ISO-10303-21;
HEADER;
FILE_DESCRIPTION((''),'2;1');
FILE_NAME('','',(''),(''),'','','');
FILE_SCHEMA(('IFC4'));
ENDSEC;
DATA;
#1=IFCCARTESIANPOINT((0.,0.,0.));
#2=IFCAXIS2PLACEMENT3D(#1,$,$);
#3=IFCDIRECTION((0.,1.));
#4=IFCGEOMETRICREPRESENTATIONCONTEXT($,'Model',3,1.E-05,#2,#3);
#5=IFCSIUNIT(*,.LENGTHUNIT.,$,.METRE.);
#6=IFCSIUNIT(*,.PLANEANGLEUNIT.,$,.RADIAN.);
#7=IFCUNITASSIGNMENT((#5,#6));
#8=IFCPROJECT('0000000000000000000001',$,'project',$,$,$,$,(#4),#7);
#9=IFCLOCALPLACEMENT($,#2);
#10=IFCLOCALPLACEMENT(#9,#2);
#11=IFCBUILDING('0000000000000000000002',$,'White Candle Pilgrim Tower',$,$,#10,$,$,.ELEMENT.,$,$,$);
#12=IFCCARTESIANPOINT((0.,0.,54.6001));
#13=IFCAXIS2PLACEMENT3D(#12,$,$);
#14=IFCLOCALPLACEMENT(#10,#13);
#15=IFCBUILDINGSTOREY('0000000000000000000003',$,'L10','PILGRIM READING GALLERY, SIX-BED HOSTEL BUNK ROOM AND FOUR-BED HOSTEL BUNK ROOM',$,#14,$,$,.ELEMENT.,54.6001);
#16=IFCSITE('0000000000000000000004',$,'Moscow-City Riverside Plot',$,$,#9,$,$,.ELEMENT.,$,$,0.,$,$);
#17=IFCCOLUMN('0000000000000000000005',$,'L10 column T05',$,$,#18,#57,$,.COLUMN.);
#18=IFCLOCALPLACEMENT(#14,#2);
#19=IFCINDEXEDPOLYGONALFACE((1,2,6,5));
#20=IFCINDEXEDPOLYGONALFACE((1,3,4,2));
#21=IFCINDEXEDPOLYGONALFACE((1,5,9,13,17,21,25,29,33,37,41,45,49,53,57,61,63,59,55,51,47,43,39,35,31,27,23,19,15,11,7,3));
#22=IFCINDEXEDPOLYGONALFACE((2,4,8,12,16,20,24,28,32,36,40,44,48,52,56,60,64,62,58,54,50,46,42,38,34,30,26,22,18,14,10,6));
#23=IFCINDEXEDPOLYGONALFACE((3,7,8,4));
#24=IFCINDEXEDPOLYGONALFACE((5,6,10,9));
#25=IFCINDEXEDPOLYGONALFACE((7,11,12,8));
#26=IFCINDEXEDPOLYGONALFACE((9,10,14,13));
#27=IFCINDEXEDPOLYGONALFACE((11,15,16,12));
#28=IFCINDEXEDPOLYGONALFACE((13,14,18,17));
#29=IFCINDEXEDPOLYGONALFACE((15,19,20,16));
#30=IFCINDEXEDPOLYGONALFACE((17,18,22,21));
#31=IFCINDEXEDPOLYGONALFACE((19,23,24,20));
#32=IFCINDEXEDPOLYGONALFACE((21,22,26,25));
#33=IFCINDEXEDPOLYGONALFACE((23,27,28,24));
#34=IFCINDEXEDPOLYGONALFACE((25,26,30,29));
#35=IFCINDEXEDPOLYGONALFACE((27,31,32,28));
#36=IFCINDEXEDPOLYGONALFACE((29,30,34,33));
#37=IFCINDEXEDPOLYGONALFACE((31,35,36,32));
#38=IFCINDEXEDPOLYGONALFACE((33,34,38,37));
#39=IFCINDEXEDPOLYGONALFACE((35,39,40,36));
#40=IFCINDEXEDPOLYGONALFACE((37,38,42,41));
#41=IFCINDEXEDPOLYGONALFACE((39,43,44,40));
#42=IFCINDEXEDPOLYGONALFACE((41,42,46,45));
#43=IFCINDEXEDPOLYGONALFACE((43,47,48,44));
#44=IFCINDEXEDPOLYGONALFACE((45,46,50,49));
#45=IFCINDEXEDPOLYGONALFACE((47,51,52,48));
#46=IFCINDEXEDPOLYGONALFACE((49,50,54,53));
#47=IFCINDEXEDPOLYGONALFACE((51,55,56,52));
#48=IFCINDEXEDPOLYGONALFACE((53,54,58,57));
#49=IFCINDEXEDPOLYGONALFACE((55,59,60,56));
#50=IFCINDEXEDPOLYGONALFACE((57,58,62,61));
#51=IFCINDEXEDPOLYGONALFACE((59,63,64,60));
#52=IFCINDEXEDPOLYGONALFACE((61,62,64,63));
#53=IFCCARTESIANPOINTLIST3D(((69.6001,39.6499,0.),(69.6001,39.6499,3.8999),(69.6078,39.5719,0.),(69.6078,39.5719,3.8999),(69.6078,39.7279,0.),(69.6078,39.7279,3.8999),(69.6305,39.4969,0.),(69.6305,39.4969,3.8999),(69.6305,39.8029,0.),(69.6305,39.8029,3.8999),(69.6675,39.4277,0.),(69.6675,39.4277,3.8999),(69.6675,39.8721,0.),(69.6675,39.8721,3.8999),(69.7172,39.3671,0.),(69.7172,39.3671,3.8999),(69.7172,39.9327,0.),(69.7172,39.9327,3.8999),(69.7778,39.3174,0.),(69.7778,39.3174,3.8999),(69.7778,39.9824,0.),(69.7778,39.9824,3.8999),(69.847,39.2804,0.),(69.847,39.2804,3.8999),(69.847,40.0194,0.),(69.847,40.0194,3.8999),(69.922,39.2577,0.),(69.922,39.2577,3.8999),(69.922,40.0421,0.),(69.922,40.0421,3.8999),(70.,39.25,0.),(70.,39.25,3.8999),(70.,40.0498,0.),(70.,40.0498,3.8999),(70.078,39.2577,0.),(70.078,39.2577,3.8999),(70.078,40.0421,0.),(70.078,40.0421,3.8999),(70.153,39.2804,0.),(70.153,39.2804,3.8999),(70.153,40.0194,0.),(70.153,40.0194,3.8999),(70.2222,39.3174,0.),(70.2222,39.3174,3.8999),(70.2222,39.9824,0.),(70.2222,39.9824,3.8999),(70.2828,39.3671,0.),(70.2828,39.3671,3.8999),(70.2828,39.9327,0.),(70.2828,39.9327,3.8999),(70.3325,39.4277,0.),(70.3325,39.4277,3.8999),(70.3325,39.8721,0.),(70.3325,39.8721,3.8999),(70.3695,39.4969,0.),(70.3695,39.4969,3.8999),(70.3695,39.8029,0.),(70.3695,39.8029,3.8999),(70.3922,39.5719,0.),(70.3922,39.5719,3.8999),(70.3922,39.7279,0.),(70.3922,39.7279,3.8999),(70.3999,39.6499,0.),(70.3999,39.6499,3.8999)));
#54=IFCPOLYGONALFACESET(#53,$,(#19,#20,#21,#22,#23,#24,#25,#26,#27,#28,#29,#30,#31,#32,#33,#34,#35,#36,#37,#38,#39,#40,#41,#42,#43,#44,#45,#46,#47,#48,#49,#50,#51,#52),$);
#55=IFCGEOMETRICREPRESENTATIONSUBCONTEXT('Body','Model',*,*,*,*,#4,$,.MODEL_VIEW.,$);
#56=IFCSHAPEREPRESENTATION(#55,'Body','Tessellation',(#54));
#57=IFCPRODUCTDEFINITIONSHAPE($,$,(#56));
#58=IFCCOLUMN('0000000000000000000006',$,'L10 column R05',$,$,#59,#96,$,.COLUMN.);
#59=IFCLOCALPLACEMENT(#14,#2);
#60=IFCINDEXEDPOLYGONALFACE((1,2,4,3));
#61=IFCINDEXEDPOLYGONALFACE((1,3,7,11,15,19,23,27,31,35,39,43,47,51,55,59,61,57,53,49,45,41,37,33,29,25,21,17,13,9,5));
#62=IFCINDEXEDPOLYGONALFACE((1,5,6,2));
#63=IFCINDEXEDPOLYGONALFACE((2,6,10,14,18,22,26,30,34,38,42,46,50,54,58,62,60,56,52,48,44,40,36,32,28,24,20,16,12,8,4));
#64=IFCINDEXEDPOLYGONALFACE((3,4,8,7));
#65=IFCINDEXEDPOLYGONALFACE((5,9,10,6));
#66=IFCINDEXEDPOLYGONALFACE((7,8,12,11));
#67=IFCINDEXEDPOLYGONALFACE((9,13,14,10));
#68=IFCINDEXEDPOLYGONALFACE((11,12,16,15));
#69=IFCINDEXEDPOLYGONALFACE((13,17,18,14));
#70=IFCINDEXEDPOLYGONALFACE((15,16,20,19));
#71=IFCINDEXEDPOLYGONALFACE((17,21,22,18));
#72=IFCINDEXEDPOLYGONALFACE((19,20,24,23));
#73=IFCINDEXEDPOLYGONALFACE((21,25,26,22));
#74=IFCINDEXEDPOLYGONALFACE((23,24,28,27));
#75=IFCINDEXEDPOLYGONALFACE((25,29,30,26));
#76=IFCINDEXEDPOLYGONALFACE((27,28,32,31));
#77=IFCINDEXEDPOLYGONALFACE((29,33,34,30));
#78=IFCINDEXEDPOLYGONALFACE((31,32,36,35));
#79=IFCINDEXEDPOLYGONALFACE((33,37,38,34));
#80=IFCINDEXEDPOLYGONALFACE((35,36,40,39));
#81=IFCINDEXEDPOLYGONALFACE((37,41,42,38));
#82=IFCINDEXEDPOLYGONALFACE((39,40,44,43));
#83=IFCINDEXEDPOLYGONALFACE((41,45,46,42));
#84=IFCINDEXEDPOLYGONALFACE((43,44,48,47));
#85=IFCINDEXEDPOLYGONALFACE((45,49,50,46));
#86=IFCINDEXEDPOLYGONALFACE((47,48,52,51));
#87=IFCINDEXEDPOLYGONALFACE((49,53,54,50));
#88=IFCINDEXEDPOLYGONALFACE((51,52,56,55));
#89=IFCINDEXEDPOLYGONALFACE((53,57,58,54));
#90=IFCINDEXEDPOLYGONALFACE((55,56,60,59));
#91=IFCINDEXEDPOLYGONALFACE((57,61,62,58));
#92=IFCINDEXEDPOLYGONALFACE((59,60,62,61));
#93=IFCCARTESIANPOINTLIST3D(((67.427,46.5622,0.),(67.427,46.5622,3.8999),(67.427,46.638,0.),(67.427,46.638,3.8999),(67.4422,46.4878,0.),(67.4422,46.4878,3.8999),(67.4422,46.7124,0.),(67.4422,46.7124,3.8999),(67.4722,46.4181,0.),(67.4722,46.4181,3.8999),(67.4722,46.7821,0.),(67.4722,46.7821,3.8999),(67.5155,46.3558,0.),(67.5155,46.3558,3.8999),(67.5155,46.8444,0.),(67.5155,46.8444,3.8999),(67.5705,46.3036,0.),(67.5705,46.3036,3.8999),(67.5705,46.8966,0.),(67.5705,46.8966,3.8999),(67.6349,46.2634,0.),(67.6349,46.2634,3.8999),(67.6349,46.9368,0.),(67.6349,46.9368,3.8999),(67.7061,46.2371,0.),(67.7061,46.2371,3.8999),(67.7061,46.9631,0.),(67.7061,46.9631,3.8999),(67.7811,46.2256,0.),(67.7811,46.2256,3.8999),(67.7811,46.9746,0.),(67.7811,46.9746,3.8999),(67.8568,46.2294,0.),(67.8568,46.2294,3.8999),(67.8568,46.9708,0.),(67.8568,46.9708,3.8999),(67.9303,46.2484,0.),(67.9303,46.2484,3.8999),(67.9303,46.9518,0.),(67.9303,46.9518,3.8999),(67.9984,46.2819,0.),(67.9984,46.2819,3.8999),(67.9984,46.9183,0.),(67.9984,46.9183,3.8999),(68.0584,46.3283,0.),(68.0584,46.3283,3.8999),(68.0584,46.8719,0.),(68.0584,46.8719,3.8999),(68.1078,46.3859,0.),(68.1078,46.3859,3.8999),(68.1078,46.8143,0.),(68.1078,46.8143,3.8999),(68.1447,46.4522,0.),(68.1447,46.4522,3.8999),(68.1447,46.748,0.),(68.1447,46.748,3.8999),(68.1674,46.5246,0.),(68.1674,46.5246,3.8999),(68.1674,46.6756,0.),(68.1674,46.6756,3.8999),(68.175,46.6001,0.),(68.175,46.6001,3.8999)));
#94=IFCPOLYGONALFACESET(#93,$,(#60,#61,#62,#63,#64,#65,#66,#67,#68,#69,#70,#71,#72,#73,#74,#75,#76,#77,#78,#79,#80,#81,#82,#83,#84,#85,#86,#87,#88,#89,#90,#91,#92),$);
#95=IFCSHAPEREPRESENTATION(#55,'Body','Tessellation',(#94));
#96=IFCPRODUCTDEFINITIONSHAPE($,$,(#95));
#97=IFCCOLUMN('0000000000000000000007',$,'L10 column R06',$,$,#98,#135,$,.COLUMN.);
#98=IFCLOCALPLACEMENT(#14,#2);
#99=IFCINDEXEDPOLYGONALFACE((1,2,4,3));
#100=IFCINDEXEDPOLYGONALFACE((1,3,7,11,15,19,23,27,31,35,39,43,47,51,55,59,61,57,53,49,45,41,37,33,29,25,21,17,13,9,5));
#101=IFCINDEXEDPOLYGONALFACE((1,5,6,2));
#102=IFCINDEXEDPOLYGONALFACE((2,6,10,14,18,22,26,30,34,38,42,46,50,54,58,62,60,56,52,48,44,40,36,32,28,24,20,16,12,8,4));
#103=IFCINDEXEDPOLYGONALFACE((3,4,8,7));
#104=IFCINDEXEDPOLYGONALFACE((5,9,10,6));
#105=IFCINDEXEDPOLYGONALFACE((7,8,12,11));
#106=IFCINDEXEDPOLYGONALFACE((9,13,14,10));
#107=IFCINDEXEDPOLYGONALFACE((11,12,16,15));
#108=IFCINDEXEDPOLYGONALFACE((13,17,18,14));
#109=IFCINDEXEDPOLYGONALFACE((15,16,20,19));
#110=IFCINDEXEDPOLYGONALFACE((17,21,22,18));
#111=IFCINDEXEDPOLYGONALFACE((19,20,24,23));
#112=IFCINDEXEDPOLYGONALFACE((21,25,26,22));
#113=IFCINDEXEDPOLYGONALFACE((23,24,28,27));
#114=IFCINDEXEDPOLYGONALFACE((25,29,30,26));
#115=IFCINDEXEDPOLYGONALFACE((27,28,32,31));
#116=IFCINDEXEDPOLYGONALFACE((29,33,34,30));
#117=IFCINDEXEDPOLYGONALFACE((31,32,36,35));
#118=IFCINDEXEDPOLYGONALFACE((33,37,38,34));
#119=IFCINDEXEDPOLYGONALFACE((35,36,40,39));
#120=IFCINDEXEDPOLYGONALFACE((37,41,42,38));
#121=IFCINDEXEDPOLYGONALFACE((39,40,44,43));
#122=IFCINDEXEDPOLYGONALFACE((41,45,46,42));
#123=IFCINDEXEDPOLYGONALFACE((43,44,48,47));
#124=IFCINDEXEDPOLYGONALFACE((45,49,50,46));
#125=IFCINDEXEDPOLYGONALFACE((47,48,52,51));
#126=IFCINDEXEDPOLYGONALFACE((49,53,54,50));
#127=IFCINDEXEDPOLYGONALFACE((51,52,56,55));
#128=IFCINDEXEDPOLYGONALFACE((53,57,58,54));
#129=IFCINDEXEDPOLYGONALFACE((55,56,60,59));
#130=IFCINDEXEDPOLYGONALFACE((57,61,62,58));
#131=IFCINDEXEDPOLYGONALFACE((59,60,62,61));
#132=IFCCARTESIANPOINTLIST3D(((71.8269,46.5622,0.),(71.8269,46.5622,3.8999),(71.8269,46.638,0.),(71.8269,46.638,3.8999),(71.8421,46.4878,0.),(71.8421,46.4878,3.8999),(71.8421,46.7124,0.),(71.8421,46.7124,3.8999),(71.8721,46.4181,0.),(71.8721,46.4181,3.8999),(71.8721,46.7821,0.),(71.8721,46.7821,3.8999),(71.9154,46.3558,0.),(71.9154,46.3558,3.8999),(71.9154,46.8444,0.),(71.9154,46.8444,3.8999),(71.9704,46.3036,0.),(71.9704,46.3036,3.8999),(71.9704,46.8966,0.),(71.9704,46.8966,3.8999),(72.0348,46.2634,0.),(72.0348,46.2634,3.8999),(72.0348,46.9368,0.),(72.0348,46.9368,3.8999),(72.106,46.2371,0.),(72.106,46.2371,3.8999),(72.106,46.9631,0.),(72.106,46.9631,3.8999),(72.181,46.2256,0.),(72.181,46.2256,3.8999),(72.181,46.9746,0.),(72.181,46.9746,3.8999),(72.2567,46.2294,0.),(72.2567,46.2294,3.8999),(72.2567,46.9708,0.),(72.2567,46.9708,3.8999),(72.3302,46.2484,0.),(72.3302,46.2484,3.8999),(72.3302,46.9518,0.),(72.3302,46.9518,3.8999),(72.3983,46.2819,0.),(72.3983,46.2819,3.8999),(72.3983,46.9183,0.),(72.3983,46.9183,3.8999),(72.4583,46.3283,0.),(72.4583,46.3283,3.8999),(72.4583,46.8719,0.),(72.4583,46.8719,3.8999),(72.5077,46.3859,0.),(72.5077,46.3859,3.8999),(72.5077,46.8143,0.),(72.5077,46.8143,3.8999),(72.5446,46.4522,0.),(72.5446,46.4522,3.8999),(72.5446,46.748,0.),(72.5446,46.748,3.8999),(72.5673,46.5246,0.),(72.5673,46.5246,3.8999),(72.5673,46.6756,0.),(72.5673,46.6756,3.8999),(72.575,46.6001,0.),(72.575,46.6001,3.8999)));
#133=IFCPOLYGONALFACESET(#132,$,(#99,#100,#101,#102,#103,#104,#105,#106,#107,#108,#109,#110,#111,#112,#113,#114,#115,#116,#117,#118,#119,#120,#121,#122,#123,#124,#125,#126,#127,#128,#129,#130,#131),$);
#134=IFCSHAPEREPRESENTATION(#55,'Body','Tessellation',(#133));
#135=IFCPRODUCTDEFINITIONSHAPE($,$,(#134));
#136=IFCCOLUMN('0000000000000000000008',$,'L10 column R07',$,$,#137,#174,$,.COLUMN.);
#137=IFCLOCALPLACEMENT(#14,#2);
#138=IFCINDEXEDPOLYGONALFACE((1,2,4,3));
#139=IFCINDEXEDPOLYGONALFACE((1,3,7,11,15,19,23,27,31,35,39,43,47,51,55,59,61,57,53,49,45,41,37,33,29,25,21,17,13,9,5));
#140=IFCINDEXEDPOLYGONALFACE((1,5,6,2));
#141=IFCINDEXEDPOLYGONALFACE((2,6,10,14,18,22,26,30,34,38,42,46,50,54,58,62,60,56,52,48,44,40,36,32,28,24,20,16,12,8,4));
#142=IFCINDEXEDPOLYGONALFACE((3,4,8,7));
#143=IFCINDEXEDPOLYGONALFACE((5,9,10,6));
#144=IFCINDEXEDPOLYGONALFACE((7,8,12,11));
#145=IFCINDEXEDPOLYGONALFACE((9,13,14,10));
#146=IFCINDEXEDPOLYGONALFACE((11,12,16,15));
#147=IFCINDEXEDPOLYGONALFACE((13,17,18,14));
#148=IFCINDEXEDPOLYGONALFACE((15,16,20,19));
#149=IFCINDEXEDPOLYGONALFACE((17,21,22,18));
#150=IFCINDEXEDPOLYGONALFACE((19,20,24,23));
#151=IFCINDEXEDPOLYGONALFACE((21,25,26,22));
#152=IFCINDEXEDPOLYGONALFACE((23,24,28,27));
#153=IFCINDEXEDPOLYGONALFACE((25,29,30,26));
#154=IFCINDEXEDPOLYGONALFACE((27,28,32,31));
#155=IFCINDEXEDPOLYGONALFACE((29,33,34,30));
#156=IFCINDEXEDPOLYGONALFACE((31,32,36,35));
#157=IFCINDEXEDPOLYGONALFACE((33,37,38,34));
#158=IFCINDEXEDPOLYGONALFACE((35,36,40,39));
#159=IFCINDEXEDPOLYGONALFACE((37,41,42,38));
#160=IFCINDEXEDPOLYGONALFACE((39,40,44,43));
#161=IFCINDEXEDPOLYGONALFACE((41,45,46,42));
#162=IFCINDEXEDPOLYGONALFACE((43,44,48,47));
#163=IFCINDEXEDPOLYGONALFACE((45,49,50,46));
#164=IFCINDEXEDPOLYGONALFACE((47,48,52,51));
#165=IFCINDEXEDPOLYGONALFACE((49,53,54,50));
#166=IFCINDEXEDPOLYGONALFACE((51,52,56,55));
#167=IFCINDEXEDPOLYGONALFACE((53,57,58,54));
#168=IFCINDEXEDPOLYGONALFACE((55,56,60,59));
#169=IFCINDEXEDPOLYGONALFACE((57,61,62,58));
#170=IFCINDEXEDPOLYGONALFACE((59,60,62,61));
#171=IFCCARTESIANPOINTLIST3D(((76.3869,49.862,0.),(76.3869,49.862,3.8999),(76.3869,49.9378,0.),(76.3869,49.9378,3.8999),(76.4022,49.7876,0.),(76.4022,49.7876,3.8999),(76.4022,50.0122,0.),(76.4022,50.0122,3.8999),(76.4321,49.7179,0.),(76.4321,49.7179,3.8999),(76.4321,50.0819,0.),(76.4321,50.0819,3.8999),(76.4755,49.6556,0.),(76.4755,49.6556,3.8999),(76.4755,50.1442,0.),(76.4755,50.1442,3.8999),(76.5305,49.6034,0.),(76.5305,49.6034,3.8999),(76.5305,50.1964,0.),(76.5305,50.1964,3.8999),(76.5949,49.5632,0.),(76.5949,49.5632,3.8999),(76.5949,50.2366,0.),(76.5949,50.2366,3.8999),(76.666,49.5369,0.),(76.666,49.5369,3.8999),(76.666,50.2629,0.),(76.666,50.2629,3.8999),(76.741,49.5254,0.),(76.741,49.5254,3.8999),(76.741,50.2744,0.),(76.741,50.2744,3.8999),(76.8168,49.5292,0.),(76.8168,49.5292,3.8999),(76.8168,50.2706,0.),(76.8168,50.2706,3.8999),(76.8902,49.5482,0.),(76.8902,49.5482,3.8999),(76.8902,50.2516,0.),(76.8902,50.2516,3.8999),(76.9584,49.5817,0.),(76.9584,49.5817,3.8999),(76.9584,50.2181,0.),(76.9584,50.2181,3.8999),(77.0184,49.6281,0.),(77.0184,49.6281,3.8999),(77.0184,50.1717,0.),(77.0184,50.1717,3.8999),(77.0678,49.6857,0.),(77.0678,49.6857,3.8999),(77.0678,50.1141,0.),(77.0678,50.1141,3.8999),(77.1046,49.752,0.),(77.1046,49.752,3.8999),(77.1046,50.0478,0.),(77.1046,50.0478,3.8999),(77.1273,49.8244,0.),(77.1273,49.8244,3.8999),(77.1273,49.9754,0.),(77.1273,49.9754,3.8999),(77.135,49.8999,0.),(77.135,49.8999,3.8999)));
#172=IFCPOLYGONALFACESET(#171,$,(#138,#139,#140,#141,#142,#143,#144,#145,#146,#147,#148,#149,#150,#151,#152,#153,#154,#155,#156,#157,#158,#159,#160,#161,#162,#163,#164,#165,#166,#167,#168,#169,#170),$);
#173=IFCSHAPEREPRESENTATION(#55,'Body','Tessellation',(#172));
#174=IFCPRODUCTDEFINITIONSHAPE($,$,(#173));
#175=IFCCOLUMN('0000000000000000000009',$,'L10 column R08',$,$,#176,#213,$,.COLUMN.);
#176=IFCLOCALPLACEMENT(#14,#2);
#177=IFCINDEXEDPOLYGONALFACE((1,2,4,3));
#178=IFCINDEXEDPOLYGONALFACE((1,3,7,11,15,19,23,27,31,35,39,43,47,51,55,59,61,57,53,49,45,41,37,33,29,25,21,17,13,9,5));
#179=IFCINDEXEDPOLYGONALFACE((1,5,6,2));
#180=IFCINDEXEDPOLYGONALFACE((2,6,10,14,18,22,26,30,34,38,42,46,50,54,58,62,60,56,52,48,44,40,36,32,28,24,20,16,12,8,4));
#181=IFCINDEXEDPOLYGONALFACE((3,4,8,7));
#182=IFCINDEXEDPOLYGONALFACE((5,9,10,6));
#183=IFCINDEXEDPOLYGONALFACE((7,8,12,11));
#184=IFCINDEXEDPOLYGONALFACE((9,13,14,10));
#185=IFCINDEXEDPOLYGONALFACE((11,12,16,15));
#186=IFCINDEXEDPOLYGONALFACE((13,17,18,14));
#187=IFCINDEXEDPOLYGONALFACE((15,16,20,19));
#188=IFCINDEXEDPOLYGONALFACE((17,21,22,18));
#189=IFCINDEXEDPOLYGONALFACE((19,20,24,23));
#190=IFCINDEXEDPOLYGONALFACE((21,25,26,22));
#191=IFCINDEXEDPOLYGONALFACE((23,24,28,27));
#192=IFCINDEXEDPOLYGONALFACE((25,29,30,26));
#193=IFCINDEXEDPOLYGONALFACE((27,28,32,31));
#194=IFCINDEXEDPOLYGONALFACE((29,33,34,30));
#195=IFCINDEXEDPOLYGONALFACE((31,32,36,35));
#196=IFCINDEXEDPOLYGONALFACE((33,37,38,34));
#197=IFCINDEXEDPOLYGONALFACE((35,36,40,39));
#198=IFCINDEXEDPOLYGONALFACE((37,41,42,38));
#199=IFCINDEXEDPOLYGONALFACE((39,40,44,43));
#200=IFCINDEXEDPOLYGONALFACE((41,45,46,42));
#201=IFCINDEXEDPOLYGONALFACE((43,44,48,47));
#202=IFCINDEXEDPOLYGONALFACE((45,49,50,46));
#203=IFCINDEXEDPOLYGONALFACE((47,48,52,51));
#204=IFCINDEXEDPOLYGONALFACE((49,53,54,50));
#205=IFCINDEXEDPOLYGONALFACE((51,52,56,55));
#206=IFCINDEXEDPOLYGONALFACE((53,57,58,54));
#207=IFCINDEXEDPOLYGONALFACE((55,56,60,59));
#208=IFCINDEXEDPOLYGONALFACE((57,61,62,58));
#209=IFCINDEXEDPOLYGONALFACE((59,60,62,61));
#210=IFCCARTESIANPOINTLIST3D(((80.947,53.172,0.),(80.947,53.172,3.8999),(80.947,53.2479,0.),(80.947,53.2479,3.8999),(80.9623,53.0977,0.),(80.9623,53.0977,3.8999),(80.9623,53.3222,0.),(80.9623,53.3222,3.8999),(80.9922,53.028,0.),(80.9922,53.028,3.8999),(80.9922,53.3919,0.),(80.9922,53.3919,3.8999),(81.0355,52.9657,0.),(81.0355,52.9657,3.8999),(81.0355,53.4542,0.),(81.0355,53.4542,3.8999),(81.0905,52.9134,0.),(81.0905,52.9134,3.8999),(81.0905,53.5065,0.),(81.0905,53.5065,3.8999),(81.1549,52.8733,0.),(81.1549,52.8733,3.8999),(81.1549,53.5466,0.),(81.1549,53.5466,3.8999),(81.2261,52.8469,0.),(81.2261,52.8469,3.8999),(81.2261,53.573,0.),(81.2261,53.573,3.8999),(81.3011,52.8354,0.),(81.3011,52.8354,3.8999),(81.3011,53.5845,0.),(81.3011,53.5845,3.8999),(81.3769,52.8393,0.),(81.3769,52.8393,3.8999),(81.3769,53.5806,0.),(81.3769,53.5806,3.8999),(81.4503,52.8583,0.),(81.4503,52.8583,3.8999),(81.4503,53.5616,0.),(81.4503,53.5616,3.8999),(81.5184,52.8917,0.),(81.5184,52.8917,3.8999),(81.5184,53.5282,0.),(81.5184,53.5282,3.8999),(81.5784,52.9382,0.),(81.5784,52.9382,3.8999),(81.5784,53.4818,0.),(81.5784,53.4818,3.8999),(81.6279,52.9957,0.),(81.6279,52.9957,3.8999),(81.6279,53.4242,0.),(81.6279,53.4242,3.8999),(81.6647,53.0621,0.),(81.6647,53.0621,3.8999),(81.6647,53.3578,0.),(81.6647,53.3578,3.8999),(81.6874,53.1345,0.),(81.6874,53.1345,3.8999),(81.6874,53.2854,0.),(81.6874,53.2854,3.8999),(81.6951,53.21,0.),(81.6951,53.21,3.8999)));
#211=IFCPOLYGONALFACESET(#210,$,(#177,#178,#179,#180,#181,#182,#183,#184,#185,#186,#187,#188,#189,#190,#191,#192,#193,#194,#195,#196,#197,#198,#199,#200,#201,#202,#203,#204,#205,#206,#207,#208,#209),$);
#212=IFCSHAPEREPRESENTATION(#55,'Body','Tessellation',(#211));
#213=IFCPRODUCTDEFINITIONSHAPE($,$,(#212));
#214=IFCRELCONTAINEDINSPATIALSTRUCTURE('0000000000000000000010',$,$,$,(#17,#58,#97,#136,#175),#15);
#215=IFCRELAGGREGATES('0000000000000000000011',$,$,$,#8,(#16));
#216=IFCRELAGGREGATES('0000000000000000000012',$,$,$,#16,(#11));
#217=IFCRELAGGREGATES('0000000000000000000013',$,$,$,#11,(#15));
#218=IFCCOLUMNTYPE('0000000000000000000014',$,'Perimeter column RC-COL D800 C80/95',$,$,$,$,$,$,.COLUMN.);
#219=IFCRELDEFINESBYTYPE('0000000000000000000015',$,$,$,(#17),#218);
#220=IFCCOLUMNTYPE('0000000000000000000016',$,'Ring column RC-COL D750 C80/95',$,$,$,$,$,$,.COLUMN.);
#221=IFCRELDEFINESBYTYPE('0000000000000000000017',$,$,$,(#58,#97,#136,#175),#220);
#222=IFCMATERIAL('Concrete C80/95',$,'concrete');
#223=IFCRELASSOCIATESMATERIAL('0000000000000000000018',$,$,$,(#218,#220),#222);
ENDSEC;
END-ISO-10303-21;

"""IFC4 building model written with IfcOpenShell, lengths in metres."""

from ifc_helpers import new_model, si_unit, direction, frame, origin, origin_2d, place, context, subcontext, project, spatial, circle, extrude, material, material_profile, profile_set, type_object, element, save


model = new_model("IFC4")

# Units and contexts
model_context = context("Model", 3, precision=1e-05, world=origin(), true_north=direction((0.0, 1.0)))
body_context = subcontext(model_context, "Body", "Model", "MODEL_VIEW")
ifc_project = project(units=[si_unit("LENGTHUNIT", "METRE"), si_unit("PLANEANGLEUNIT", "RADIAN")], contexts=[model_context])

# Site, building, storey
site_placement = place(None, origin())
site = spatial("IfcSite", under=ifc_project, at=site_placement, Name="Moscow-City Riverside Plot", CompositionType="ELEMENT", RefElevation=0.0)
building_placement = place(site_placement, origin())
building = spatial("IfcBuilding", under=site, at=building_placement, Name="White Candle Pilgrim Tower", CompositionType="ELEMENT")
storey_placement = place(building_placement, frame((0.0, 0.0, 54.6001)))
storey = spatial("IfcBuildingStorey", under=building, at=storey_placement, Name="L10", Description="PILGRIM READING GALLERY, SIX-BED HOSTEL BUNK ROOM AND FOUR-BED HOSTEL BUNK ROOM", CompositionType="ELEMENT", Elevation=54.6001)

# Columns
ifc_material_1 = material(Name="Concrete C80/95", Category="concrete")
ifc_material_profile_1 = material_profile(ifc_material_1, circle(Radius=0.3999, at=origin_2d()), Name="RC-COL D800")
ifc_profile_set_1 = profile_set([ifc_material_profile_1], Name="Concrete C80/95")
column_type_1 = type_object("IfcColumnType", Name="Perimeter column RC-COL D800 C80/95", PredefinedType="COLUMN", material=ifc_profile_set_1)
column_placement = place(storey_placement, frame((70.0, 39.6499, 0.0), z_axis=(0.0, 0.0, 1.0), x_axis=(1.0, 0.0, 0.0)))
element("IfcColumn", 1, at=column_placement, inside=storey, type_object=column_type_1, Name="L10 column T05", PredefinedType="COLUMN", context=body_context, shape_type="SweptSolid", body=[
    extrude(circle(Radius=0.3999, at=origin_2d()), origin(), (0.0, 0.0, 1.0), 3.8999),
])
ifc_material_profile_2 = material_profile(ifc_material_1, circle(Radius=0.375, at=origin_2d()), Name="RC-COL D750")
ifc_profile_set_2 = profile_set([ifc_material_profile_2], Name="Concrete C80/95")
column_type_2 = type_object("IfcColumnType", Name="Ring column RC-COL D750 C80/95", PredefinedType="COLUMN", material=ifc_profile_set_2)
for number, where, z_axis, x_axis, name in (
    (2, (67.8, 46.6001, 0.0), (0.0, 0.0, 1.0), (1.0, 0.0, 0.0), "L10 column R05"),
    (3, (72.2, 46.6001, 0.0), (0.0, 0.0, 1.0), (1.0, 0.0, 0.0), "L10 column R06"),
    (4, (76.76, 49.8999, 0.0), (0.0, 0.0, 1.0), (1.0, 0.0, 0.0), "L10 column R07"),
    (5, (81.3201, 53.21, 0.0), (0.0, 0.0, 1.0), (1.0, 0.0, 0.0), "L10 column R08"),
):
    element("IfcColumn", number, at=place(storey_placement, frame(where, z_axis=z_axis, x_axis=x_axis)), inside=storey, type_object=column_type_2, Name=name, PredefinedType="COLUMN", context=body_context, shape_type="SweptSolid", body=[
        extrude(circle(Radius=0.375, at=origin_2d()), origin(), (0.0, 0.0, 1.0), 3.8999),
    ])

save(model, "model.ifc")
